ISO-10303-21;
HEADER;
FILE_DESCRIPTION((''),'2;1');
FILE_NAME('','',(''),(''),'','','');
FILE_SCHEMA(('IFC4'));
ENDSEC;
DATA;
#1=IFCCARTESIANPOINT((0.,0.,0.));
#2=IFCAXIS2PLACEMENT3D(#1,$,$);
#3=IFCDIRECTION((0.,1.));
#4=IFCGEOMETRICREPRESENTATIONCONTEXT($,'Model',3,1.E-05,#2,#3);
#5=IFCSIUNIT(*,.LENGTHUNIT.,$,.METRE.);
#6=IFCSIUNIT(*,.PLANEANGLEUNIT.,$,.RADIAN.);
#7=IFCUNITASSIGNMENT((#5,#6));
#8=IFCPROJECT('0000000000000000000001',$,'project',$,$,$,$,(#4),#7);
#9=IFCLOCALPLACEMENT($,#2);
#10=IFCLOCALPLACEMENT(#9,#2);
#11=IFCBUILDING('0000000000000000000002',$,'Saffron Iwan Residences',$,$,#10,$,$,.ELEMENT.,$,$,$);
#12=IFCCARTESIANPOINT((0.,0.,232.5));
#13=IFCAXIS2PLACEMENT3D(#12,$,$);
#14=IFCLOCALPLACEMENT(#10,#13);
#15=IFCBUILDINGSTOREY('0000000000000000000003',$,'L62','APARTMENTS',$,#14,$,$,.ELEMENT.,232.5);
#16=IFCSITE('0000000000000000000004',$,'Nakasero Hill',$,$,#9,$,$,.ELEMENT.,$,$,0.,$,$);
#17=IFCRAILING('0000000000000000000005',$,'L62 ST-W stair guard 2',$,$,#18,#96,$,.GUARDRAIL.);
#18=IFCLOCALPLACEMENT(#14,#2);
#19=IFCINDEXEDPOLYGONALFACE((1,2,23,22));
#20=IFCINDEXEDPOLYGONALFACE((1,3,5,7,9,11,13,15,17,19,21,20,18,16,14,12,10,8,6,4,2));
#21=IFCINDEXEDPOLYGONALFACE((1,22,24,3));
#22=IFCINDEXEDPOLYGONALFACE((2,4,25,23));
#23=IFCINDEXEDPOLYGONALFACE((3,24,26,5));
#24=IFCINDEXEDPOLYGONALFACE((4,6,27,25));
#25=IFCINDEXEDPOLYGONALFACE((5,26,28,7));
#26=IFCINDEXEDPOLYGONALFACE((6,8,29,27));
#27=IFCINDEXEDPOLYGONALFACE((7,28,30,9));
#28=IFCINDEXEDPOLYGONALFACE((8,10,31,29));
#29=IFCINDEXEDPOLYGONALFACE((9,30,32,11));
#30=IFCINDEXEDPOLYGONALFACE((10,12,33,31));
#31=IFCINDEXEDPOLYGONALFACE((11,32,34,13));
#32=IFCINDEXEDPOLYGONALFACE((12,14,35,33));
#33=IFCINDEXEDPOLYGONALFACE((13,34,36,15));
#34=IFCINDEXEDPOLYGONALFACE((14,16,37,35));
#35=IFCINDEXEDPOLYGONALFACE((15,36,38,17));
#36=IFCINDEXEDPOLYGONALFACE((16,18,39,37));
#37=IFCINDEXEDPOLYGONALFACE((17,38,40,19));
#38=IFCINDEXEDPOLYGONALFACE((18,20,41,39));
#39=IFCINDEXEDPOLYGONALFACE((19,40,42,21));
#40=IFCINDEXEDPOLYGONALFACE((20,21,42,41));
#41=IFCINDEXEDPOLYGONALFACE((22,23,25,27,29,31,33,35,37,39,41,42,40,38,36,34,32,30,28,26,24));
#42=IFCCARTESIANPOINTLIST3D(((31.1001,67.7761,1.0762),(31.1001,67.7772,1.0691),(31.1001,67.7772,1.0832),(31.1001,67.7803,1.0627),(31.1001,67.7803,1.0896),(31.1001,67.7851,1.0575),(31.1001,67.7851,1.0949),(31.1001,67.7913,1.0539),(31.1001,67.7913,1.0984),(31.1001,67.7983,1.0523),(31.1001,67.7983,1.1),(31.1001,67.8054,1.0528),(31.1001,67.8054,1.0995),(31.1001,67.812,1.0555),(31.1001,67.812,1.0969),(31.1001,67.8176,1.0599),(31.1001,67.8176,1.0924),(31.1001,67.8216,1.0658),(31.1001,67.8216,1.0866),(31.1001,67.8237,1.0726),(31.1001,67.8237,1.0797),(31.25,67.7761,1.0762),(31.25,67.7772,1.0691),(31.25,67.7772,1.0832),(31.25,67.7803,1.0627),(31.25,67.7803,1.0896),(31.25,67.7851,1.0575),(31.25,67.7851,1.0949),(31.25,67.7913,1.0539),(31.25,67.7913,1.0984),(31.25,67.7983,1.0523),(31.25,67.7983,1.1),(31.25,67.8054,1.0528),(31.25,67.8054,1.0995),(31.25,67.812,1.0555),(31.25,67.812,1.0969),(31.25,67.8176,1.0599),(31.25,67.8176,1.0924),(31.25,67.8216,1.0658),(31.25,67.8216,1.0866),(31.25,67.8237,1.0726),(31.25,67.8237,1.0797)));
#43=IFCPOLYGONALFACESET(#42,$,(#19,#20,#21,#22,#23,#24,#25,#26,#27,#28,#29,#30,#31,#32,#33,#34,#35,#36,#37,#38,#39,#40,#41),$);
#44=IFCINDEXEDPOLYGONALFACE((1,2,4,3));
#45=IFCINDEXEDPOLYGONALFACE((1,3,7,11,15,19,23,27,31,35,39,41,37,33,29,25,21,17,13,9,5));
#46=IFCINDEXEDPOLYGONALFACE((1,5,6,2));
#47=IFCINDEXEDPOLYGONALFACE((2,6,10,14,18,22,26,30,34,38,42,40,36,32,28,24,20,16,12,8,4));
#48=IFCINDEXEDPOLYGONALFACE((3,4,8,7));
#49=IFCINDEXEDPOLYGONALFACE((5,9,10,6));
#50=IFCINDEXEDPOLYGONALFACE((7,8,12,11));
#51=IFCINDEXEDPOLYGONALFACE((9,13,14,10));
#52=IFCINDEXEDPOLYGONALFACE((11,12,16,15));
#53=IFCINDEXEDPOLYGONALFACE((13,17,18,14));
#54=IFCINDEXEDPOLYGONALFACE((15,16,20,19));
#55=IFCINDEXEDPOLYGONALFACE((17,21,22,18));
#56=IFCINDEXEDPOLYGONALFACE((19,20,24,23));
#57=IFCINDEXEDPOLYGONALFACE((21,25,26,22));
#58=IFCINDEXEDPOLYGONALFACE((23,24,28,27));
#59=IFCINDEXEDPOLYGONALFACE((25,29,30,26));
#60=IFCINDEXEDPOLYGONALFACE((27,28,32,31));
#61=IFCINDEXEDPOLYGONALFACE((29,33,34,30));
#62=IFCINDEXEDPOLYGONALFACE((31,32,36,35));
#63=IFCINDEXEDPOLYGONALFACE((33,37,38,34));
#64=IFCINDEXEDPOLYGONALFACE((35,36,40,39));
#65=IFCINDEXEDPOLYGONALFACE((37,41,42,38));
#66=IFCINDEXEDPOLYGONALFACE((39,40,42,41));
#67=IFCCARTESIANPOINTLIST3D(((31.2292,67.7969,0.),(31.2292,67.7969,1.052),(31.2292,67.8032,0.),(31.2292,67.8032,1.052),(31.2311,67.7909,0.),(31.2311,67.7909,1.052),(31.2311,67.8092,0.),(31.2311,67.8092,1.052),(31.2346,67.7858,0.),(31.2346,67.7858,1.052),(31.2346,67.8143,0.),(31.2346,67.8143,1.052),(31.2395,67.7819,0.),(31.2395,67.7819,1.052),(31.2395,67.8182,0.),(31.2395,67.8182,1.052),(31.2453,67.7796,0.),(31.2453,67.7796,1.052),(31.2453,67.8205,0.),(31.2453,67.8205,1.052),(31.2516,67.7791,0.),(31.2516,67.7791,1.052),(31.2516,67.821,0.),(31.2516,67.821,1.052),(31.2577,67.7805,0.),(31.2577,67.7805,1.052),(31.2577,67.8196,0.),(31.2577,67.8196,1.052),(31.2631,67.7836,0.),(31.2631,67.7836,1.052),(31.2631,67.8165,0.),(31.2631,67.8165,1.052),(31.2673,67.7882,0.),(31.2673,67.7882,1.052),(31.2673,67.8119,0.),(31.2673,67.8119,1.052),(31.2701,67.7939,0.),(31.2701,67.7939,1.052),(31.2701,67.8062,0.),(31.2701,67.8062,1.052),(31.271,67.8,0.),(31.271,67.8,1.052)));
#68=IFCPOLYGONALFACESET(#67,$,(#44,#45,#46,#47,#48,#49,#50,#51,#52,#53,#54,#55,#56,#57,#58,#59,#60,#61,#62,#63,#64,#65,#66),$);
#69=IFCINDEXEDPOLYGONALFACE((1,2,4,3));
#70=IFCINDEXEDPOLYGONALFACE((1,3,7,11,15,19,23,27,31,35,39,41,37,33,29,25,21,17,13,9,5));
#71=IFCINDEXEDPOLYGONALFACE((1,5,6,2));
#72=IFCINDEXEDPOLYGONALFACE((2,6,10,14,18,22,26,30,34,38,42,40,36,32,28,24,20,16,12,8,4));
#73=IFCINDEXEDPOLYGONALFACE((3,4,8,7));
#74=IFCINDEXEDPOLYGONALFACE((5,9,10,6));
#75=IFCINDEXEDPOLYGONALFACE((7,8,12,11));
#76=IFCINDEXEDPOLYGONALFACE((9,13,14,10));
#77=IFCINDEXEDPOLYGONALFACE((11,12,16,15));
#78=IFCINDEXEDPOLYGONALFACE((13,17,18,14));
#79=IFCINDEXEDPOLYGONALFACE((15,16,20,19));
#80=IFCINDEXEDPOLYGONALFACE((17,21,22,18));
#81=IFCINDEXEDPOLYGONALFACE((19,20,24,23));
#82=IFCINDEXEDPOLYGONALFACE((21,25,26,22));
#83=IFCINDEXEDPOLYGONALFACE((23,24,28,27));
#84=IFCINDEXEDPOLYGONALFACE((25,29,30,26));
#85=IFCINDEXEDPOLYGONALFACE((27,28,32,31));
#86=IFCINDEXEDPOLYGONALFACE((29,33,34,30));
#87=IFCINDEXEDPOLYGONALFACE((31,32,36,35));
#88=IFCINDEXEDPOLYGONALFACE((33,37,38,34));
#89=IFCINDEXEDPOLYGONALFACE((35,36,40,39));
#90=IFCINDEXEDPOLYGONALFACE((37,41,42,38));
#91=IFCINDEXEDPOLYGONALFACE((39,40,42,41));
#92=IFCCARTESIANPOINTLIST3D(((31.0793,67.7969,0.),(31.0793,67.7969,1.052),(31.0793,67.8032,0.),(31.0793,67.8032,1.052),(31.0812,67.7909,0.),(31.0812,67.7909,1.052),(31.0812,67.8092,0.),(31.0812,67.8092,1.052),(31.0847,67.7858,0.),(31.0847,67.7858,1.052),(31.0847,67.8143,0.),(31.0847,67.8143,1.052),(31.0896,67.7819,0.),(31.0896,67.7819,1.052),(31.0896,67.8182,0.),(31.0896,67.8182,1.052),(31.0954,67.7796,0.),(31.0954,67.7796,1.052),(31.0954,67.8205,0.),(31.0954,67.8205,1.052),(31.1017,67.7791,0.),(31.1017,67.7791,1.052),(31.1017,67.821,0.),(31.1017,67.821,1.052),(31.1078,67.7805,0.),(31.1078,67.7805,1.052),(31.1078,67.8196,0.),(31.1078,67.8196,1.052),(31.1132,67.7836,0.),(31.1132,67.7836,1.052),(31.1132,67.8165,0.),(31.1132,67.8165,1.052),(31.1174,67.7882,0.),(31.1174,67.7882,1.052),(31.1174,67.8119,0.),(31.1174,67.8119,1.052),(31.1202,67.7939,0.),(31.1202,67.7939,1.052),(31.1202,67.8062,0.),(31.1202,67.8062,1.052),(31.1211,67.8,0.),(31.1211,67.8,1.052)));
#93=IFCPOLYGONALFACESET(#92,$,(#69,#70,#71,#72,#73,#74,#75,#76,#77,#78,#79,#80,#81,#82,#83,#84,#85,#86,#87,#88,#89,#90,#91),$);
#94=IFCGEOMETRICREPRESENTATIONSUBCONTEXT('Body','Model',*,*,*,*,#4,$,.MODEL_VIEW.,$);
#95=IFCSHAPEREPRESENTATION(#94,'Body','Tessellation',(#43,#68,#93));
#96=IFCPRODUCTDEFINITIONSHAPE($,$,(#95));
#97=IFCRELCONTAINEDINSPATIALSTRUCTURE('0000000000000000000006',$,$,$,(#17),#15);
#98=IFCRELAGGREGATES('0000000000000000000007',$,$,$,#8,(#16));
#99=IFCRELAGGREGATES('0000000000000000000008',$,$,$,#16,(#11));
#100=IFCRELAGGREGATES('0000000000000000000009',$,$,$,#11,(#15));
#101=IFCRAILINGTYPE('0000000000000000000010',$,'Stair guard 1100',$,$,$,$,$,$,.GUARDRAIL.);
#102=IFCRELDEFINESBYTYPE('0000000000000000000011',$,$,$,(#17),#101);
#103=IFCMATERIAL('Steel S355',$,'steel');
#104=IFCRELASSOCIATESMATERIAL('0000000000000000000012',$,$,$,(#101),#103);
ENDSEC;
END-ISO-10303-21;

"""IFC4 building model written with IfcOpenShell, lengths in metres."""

from ifc_helpers import new_model, si_unit, direction, frame, origin, origin_2d, place, context, subcontext, project, spatial, circle, extrude, material, type_object, element, save


model = new_model("IFC4")

# Units and contexts
model_context = context("Model", 3, precision=1e-05, world=origin(), true_north=direction((0.0, 1.0)))
body_context = subcontext(model_context, "Body", "Model", "MODEL_VIEW")
ifc_project = project(units=[si_unit("LENGTHUNIT", "METRE"), si_unit("PLANEANGLEUNIT", "RADIAN")], contexts=[model_context])

# Site, building, storey
site_placement = place(None, origin())
site = spatial("IfcSite", under=ifc_project, at=site_placement, Name="Nakasero Hill", CompositionType="ELEMENT", RefElevation=0.0)
building_placement = place(site_placement, origin())
building = spatial("IfcBuilding", under=site, at=building_placement, Name="Saffron Iwan Residences", CompositionType="ELEMENT")
storey_placement = place(building_placement, frame((0.0, 0.0, 232.5)))
storey = spatial("IfcBuildingStorey", under=building, at=storey_placement, Name="L62", Description="APARTMENTS", CompositionType="ELEMENT", Elevation=232.5)

# Railing
ifc_material_1 = material(Name="Steel S355", Category="steel")
railing_type_1 = type_object("IfcRailingType", Name="Stair guard 1100", PredefinedType="GUARDRAIL", material=ifc_material_1)
railing_1_placement = place(storey_placement, frame((31.25, 67.8, 0.0)))
element("IfcRailing", 1, at=railing_1_placement, inside=storey, type_object=railing_type_1, Name="L62 ST-W stair guard 2", PredefinedType="GUARDRAIL", context=body_context, shape_type="SweptSolid", body=[
    extrude(circle(Radius=0.0239, at=origin_2d()), frame((0.0, 0.0, 1.0762), z_axis=(-1.0, 0.0, 0.0), x_axis=(0.0, -1.0, 0.0)), (0.0, 0.0, 1.0), 0.1499),
    extrude(circle(Radius=0.021, at=origin_2d()), origin(), (0.0, 0.0, 1.0), 1.052),
    extrude(circle(Radius=0.021, at=origin_2d()), frame((-0.1499, 0.0, 0.0)), (0.0, 0.0, 1.0), 1.052),
])

save(model, "model.ifc")
